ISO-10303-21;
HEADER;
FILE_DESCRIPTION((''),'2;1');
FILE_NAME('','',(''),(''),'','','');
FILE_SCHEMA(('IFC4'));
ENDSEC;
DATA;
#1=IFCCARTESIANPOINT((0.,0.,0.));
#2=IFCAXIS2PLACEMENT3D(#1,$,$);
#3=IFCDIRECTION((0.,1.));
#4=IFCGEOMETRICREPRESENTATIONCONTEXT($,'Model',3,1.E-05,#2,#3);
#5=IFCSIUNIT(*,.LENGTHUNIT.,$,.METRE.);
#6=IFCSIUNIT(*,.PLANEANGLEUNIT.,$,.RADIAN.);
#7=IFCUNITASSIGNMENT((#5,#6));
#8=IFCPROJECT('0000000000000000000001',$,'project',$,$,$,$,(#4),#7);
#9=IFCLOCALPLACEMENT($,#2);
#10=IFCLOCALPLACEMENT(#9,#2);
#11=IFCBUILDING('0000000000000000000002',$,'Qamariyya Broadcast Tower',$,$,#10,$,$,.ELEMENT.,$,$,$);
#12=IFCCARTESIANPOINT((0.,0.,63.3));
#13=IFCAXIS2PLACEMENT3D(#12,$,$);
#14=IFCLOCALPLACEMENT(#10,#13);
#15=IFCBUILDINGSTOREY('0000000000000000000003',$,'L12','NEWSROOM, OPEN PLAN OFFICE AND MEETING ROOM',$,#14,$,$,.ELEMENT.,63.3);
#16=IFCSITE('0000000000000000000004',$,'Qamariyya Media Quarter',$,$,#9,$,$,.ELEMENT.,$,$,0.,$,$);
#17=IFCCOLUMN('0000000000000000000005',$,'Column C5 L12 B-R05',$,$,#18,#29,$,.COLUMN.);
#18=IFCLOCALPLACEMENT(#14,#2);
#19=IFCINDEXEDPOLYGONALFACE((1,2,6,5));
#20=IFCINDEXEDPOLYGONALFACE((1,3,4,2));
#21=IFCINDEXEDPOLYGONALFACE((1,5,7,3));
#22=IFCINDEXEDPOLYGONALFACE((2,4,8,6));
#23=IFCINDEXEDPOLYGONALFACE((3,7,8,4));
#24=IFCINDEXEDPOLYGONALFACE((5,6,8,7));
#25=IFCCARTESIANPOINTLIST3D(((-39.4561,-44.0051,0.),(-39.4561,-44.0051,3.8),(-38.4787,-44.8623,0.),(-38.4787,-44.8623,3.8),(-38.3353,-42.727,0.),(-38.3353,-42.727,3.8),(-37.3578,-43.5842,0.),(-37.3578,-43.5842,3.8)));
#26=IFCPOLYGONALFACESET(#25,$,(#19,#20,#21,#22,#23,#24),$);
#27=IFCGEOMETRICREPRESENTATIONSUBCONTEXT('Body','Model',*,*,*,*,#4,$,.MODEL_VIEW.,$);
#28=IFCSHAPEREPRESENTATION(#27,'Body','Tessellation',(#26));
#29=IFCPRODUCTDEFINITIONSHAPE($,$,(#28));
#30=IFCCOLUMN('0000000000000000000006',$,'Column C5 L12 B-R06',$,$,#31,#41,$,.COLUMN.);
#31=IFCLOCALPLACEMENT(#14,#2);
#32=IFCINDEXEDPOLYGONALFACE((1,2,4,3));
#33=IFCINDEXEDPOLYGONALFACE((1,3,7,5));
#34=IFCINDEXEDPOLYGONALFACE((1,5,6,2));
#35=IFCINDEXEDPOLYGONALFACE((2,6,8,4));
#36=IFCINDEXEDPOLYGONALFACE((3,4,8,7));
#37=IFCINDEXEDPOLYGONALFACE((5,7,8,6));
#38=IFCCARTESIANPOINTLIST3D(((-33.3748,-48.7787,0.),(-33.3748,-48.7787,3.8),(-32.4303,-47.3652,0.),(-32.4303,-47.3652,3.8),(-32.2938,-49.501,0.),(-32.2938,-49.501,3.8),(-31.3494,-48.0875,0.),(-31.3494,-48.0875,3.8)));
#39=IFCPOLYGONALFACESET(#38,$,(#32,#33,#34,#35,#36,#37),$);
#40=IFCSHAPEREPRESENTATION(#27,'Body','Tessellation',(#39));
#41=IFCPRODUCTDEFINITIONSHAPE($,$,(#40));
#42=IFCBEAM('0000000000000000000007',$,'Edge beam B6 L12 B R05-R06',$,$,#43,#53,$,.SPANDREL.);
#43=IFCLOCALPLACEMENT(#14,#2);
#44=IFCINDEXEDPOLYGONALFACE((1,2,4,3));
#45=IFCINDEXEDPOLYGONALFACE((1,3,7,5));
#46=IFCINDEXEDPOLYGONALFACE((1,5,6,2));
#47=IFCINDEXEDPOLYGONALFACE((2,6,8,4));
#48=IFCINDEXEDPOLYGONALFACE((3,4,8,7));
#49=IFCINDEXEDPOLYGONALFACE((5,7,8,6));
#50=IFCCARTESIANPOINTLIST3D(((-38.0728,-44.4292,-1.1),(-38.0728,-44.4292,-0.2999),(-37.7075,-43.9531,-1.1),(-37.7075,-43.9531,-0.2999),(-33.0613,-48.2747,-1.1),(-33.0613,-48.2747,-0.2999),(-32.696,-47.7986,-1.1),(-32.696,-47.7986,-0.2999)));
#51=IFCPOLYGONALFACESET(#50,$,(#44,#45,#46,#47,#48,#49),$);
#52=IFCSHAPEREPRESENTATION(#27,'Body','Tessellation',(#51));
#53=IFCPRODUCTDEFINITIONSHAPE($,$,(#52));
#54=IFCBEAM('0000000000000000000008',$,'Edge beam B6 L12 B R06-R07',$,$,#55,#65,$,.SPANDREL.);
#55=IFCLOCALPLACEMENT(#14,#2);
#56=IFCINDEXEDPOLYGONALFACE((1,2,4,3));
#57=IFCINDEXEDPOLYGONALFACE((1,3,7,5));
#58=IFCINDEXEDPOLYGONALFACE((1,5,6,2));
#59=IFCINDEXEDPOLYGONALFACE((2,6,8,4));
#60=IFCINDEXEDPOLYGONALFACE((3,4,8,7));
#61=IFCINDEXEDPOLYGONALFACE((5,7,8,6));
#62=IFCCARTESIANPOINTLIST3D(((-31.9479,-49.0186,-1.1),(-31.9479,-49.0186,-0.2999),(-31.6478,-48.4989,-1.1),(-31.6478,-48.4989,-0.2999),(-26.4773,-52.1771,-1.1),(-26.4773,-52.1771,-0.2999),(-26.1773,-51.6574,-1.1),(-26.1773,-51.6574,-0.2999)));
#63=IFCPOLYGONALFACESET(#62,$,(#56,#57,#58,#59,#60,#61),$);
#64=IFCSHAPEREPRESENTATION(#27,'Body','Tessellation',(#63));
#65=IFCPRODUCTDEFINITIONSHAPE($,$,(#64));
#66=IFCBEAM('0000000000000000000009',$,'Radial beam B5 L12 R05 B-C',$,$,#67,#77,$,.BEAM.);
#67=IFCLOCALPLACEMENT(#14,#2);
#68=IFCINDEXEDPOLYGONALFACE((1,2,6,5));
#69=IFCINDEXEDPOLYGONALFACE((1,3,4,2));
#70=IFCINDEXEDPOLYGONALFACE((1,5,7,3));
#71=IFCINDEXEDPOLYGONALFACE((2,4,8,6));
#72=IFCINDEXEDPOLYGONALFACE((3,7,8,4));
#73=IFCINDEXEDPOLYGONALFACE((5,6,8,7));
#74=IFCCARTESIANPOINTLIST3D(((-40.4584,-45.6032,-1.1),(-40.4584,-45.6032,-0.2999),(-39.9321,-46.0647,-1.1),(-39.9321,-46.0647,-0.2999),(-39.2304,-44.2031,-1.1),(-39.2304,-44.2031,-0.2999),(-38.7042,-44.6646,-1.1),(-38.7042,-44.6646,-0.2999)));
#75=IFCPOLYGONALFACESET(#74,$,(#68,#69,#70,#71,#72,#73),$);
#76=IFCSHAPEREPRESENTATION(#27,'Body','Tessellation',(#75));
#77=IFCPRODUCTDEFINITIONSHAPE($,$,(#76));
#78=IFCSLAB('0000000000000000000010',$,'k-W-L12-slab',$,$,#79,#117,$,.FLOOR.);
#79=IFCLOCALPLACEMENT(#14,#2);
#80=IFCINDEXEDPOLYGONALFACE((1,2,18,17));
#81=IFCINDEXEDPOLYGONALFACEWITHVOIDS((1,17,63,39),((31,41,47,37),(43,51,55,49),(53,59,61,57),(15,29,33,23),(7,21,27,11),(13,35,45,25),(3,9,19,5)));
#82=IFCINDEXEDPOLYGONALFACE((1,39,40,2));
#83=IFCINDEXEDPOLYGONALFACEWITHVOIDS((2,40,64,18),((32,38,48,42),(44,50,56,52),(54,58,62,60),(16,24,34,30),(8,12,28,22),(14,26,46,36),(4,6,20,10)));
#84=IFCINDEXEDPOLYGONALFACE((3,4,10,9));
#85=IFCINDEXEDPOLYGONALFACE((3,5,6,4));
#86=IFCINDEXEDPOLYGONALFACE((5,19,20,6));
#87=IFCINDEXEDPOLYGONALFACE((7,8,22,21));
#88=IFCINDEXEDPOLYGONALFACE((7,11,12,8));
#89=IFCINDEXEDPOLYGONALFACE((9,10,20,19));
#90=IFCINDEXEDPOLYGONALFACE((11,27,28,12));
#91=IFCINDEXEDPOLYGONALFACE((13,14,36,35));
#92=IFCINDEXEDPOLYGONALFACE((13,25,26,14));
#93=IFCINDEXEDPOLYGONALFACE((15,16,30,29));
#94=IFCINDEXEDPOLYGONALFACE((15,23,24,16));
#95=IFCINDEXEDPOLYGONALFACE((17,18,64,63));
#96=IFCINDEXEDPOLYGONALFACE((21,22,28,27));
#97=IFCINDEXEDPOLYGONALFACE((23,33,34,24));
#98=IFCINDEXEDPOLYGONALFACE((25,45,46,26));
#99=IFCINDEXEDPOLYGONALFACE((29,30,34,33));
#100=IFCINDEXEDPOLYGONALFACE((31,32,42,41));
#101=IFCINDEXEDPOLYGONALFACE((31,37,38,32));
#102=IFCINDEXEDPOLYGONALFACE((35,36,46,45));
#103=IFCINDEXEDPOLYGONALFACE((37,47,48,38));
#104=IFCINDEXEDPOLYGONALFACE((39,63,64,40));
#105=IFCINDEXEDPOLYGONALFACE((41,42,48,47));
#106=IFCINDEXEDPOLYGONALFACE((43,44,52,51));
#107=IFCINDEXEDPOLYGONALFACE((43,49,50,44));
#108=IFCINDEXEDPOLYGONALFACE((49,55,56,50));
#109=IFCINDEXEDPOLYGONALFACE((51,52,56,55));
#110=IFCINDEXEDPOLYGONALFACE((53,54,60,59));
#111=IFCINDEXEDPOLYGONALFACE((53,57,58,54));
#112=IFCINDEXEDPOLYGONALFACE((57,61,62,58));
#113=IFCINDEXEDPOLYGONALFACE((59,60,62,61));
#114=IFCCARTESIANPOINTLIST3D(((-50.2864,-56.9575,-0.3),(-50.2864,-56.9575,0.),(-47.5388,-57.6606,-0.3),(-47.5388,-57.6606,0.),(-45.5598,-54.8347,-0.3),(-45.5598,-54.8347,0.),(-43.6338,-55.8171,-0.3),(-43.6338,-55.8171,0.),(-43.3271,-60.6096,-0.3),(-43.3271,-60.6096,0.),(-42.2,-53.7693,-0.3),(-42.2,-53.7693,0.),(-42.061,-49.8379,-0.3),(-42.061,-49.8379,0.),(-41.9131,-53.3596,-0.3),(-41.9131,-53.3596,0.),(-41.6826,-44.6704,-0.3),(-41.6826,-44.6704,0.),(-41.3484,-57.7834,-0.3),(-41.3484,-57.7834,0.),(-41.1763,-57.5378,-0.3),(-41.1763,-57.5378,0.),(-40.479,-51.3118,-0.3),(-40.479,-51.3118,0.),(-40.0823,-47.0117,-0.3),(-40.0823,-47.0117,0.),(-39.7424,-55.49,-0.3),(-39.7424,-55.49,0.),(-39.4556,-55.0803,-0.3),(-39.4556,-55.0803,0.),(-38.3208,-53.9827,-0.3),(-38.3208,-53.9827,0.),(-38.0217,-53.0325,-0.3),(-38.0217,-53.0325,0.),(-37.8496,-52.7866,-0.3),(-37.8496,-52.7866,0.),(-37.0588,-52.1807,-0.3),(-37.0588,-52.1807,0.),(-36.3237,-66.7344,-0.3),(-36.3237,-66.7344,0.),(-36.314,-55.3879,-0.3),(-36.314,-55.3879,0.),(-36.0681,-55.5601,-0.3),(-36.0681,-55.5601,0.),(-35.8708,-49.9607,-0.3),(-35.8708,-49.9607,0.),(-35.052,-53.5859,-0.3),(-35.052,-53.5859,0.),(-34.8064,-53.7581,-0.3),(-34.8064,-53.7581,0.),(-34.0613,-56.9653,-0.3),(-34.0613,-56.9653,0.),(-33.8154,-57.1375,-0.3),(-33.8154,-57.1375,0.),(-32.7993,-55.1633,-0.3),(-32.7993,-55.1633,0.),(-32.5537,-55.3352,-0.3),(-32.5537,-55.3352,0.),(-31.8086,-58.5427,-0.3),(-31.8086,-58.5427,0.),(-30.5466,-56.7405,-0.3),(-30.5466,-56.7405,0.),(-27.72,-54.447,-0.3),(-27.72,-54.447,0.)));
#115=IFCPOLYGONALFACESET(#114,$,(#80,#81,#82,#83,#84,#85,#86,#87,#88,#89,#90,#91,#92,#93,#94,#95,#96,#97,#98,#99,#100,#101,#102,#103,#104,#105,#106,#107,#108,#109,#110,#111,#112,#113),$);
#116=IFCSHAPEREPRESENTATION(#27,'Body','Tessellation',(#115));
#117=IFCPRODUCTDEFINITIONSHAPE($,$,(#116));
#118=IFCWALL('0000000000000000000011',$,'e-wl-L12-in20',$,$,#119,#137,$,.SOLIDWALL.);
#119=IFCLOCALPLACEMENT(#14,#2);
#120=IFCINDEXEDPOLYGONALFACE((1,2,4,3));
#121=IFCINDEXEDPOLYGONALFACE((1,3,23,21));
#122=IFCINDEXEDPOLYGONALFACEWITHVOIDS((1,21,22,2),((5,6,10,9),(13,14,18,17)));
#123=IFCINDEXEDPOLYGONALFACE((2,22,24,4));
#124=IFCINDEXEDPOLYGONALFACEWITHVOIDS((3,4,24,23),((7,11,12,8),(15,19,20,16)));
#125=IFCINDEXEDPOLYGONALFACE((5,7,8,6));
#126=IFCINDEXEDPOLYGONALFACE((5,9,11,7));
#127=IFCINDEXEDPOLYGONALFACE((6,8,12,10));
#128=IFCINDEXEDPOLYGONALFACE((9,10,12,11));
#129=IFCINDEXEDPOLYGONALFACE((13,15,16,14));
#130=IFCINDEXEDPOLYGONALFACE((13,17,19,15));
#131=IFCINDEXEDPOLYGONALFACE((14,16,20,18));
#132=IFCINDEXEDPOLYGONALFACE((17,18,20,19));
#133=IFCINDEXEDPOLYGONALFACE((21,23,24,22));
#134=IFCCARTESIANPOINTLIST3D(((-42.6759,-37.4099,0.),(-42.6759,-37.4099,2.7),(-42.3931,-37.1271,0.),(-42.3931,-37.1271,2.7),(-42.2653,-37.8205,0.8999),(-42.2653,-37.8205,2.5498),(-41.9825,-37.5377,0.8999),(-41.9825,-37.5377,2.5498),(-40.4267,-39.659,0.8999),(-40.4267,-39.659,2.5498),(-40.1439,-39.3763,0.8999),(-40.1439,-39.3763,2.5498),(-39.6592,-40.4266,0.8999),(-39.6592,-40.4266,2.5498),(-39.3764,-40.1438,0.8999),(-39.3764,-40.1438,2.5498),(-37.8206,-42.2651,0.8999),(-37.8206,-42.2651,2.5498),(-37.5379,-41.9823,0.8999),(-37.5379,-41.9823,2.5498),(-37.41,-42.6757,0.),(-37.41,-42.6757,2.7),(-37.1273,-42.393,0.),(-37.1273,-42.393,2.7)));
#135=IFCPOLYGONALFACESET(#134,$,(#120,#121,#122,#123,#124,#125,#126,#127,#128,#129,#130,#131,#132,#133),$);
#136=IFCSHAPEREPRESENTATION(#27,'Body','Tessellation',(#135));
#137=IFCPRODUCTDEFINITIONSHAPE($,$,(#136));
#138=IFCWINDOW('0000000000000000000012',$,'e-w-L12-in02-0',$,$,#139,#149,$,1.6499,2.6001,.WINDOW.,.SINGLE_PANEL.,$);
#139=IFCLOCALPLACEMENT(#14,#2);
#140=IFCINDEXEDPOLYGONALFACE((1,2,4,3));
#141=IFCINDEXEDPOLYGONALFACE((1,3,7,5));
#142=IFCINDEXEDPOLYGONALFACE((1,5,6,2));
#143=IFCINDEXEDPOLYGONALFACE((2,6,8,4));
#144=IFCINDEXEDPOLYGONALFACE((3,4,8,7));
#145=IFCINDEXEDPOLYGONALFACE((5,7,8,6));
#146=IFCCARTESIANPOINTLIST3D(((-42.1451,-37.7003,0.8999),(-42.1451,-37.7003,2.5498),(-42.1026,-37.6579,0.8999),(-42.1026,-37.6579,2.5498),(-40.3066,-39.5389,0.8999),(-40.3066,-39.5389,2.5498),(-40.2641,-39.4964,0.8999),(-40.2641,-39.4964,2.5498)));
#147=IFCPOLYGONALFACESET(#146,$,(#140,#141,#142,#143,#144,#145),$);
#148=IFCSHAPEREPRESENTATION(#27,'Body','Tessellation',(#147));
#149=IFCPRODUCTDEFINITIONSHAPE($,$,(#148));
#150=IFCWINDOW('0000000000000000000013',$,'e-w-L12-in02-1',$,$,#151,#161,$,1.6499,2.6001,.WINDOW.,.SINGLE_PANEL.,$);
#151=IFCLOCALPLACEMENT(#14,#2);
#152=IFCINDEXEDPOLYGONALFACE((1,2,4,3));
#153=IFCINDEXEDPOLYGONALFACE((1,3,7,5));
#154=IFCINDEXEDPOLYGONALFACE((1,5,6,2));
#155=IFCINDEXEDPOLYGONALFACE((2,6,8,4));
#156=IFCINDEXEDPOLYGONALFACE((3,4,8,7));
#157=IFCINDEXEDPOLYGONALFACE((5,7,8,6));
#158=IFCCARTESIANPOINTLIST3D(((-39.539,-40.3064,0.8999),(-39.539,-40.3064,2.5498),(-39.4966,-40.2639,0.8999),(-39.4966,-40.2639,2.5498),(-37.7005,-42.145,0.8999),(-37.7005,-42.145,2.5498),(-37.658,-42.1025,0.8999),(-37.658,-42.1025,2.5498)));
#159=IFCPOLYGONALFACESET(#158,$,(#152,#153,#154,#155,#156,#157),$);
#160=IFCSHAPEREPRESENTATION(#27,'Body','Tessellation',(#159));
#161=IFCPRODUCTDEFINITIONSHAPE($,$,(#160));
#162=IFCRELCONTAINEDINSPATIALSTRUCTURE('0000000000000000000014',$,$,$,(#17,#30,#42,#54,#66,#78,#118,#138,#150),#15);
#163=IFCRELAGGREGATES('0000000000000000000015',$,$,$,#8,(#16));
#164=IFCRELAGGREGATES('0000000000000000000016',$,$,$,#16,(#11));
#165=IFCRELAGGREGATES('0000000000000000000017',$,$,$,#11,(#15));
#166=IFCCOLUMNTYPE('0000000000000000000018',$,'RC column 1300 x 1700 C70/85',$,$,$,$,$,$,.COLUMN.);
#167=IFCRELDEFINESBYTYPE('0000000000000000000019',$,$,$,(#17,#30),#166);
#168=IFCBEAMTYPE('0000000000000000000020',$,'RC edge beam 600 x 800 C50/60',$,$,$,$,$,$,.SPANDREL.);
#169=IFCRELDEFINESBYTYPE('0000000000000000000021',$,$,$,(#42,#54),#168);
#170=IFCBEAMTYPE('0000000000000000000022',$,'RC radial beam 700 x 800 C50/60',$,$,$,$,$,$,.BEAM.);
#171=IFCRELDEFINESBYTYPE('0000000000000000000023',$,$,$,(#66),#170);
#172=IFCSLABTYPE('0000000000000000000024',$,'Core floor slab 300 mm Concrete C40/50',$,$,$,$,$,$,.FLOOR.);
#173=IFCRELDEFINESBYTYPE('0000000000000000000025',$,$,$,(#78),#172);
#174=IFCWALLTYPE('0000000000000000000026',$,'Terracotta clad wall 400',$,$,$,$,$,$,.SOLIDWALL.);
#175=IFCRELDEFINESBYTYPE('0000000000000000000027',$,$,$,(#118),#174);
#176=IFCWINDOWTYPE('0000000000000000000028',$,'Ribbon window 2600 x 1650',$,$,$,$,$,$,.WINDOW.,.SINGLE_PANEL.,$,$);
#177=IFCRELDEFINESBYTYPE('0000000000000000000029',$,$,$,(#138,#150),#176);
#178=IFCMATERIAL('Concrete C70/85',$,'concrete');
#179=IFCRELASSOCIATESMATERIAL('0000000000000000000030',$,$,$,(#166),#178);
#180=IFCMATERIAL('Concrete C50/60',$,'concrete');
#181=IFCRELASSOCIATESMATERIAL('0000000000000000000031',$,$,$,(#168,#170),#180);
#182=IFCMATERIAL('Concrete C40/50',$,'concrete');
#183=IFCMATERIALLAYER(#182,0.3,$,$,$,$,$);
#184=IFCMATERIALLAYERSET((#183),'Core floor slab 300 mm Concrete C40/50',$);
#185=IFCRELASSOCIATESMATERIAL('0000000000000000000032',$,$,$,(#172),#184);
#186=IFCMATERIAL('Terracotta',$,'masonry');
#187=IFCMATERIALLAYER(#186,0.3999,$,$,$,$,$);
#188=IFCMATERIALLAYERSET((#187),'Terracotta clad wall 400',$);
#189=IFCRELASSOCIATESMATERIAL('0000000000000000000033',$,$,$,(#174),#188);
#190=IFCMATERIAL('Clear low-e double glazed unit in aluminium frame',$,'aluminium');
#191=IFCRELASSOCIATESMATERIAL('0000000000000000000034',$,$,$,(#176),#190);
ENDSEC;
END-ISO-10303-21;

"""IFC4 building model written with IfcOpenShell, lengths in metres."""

from ifc_helpers import new_model, si_unit, direction, frame, frame_2d, origin, origin_2d, place, context, subcontext, project, spatial, polyline, rectangle, outline, extrude, material, layer, layer_set, material_profile, profile_set, type_object, element, fill, save


model = new_model("IFC4")

# Units and contexts
model_context = context("Model", 3, precision=1e-05, world=origin(), true_north=direction((0.0, 1.0)))
body_context = subcontext(model_context, "Body", "Model", "MODEL_VIEW")
ifc_project = project(units=[si_unit("LENGTHUNIT", "METRE"), si_unit("PLANEANGLEUNIT", "RADIAN")], contexts=[model_context])

# Site, building, storey
site_placement = place(None, origin())
site = spatial("IfcSite", under=ifc_project, at=site_placement, Name="Qamariyya Media Quarter", CompositionType="ELEMENT", RefElevation=0.0)
building_placement = place(site_placement, origin())
building = spatial("IfcBuilding", under=site, at=building_placement, Name="Qamariyya Broadcast Tower", CompositionType="ELEMENT")
storey_placement = place(building_placement, frame((0.0, 0.0, 63.3)))
storey = spatial("IfcBuildingStorey", under=building, at=storey_placement, Name="L12", Description="NEWSROOM, OPEN PLAN OFFICE AND MEETING ROOM", CompositionType="ELEMENT", Elevation=63.3)

# Columns
ifc_material_1 = material(Name="Concrete C70/85", Category="concrete")
ifc_material_profile_1 = material_profile(ifc_material_1, rectangle(XDim=1.3, YDim=1.7, at=origin_2d()))
ifc_profile_set_1 = profile_set([ifc_material_profile_1], Name="Concrete C70/85")
column_type = type_object("IfcColumnType", Name="RC column 1300 x 1700 C70/85", PredefinedType="COLUMN", material=ifc_profile_set_1)
for number, where, z_axis, x_axis, name in (
    (1, (-38.407, -43.7947, 0.0), (0.0, 0.0, 1.0), (0.75184, -0.659346, 0.0), "Column C5 L12 B-R05"),
    (2, (-32.3621, -48.4331, 0.0), (0.0, 0.0, 1.0), (0.83147, -0.55557, 0.0), "Column C5 L12 B-R06"),
):
    element("IfcColumn", number, at=place(storey_placement, frame(where, z_axis=z_axis, x_axis=x_axis)), inside=storey, type_object=column_type, Name=name, PredefinedType="COLUMN", context=body_context, shape_type="SweptSolid", body=[
        extrude(rectangle(XDim=1.3, YDim=1.7, at=origin_2d()), origin(), (0.0, 0.0, 1.0), 3.8),
    ])

# Beams
ifc_material_2 = material(Name="Concrete C50/60", Category="concrete")
ifc_material_profile_2 = material_profile(ifc_material_2, rectangle(XDim=0.6001, YDim=0.8, at=origin_2d()))
ifc_profile_set_2 = profile_set([ifc_material_profile_2], Name="Concrete C50/60")
beam_type_1 = type_object("IfcBeamType", Name="RC edge beam 600 x 800 C50/60", PredefinedType="SPANDREL", material=ifc_profile_set_2)
for number, where, z_axis, x_axis, name in (
    (3, (-37.8901, -44.1912, -0.7), (0.793352, -0.608763, 0.0), (0.608763, 0.793352, 0.0), "Edge beam B6 L12 B R05-R06"),
    (4, (-31.7979, -48.7588, -0.7), (0.86602, -0.500009, 0.0), (0.500009, 0.86602, 0.0), "Edge beam B6 L12 B R06-R07"),
):
    element("IfcBeam", number, at=place(storey_placement, frame(where, z_axis=z_axis, x_axis=x_axis)), inside=storey, type_object=beam_type_1, Name=name, PredefinedType="SPANDREL", context=body_context, shape_type="SweptSolid", body=[
        extrude(rectangle(XDim=0.6001, YDim=0.8, at=origin_2d()), origin(), (0.0, 0.0, 1.0), 6.3169),
    ])
ifc_material_profile_3 = material_profile(ifc_material_2, rectangle(XDim=0.7, YDim=0.8, at=origin_2d()))
ifc_profile_set_3 = profile_set([ifc_material_profile_3], Name="Concrete C50/60")
beam_type_2 = type_object("IfcBeamType", Name="RC radial beam 700 x 800 C50/60", PredefinedType="BEAM", material=ifc_profile_set_3)
beam_placement = place(storey_placement, frame((-38.9673, -44.4338, -0.7), z_axis=(-0.659386, -0.751805, 0.0), x_axis=(0.751805, -0.659386, 0.0)))
element("IfcBeam", 5, at=beam_placement, inside=storey, type_object=beam_type_2, Name="Radial beam B5 L12 R05 B-C", PredefinedType="BEAM", context=body_context, shape_type="SweptSolid", body=[
    extrude(rectangle(XDim=0.7, YDim=0.8, at=origin_2d()), origin(), (0.0, 0.0, 1.0), 1.8623),
])

# Slab
ifc_material_3 = material(Name="Concrete C40/50", Category="concrete")
ifc_layer_1 = layer(ifc_material_3, 0.3)
ifc_layer_set_1 = layer_set([ifc_layer_1], Name="Core floor slab 300 mm Concrete C40/50")
slab_type_1 = type_object("IfcSlabType", Name="Core floor slab 300 mm Concrete C40/50", PredefinedType="FLOOR", material=ifc_layer_set_1)
slab_1_placement = place(storey_placement, frame((0.0, 0.0, -0.3)))
element("IfcSlab", 6, at=slab_1_placement, inside=storey, type_object=slab_type_1, Name="k-W-L12-slab", PredefinedType="FLOOR", context=body_context, shape_type="SweptSolid", body=[
    extrude(outline(polyline([(-50.2864, -56.9575), (-36.3237, -66.7344), (-27.72, -54.447), (-41.6826, -44.6704), (-50.2864, -56.9575)]), holes=[polyline([(-31.8086, -58.5427), (-33.8154, -57.1375), (-32.5537, -55.3352), (-30.5466, -56.7405), (-31.8086, -58.5427)]), polyline([(-34.0613, -56.9653), (-36.0681, -55.5601), (-34.8064, -53.7581), (-32.7993, -55.1633), (-34.0613, -56.9653)]), polyline([(-36.314, -55.3879), (-38.3208, -53.9827), (-37.0588, -52.1807), (-35.052, -53.5859), (-36.314, -55.3879)]), polyline([(-39.7424, -55.49), (-42.2, -53.7693), (-43.6338, -55.8171), (-41.1763, -57.5378), (-39.7424, -55.49)]), polyline([(-39.4556, -55.0803), (-41.9131, -53.3596), (-40.479, -51.3118), (-38.0217, -53.0325), (-39.4556, -55.0803)]), polyline([(-42.061, -49.8379), (-37.8496, -52.7866), (-35.8708, -49.9607), (-40.0823, -47.0117), (-42.061, -49.8379)]), polyline([(-47.5388, -57.6606), (-43.3271, -60.6096), (-41.3484, -57.7834), (-45.5598, -54.8347), (-47.5388, -57.6606)])]), origin(), (0.0, 0.0, 1.0), 0.3),
])

# Wall, openings, windows
ifc_material_4 = material(Name="Terracotta", Category="masonry")
ifc_layer_2 = layer(ifc_material_4, 0.3999)
ifc_layer_set_2 = layer_set([ifc_layer_2], Name="Terracotta clad wall 400")
wall_type = type_object("IfcWallType", Name="Terracotta clad wall 400", PredefinedType="SOLIDWALL", material=ifc_layer_set_2)
wall_1_placement = place(storey_placement, frame((-37.2686, -42.5344, 0.0), z_axis=(0.0, 0.0, 1.0), x_axis=(-0.707107, 0.707107, 0.0)))
wall_1 = element("IfcWall", 7, at=wall_1_placement, inside=storey, type_object=wall_type, Name="e-wl-L12-in20", PredefinedType="SOLIDWALL", context=body_context, shape_type="SweptSolid", body=[
    extrude(rectangle(XDim=7.447, YDim=0.3999, at=frame_2d((3.7236, 0.0))), origin(), (0.0, 0.0, 1.0), 2.7),
])
opening_1_placement = place(wall_1_placement, frame((4.2664, 0.0, 0.8999)))
opening_1 = element("IfcOpeningElement", 8, at=opening_1_placement, cuts=wall_1, PredefinedType="OPENING", context=body_context, shape_type="SweptSolid", body=[
    extrude(rectangle(XDim=2.6001, YDim=1.6499, at=frame_2d((1.3, 0.825))), frame((0.0, 0.21, 0.0), z_axis=(0.0, -1.0, 0.0), x_axis=(1.0, 0.0, 0.0)), (0.0, 0.0, 1.0), 0.4199),
])
opening_2_placement = place(wall_1_placement, frame((0.5808, 0.0, 0.8999)))
opening_2 = element("IfcOpeningElement", 9, at=opening_2_placement, cuts=wall_1, PredefinedType="OPENING", context=body_context, shape_type="SweptSolid", body=[
    extrude(rectangle(XDim=2.6001, YDim=1.6499, at=frame_2d((1.3, 0.825))), frame((0.0, 0.21, 0.0), z_axis=(0.0, -1.0, 0.0), x_axis=(1.0, 0.0, 0.0)), (0.0, 0.0, 1.0), 0.4199),
])
ifc_material_5 = material(Name="Clear low-e double glazed unit in aluminium frame", Category="aluminium")
window_type = type_object("IfcWindowType", Name="Ribbon window 2600 x 1650", PartitioningType="SINGLE_PANEL", PredefinedType="WINDOW", material=ifc_material_5)
window_1_placement = place(opening_1_placement, origin())
window_1 = element("IfcWindow", 10, at=window_1_placement, inside=storey, type_object=window_type, Name="e-w-L12-in02-0", OverallHeight=1.6499, OverallWidth=2.6001, PartitioningType="SINGLE_PANEL", PredefinedType="WINDOW", context=body_context, shape_type="SweptSolid", body=[
    extrude(rectangle(XDim=2.6001, YDim=1.6499, at=frame_2d((1.3, 0.825))), frame((0.0, 0.03, 0.0), z_axis=(0.0, -1.0, 0.0), x_axis=(1.0, 0.0, 0.0)), (0.0, 0.0, 1.0), 0.0601),
])
fill(opening_1, window_1)
window_2_placement = place(opening_2_placement, origin())
window_2 = element("IfcWindow", 11, at=window_2_placement, inside=storey, type_object=window_type, Name="e-w-L12-in02-1", OverallHeight=1.6499, OverallWidth=2.6001, PartitioningType="SINGLE_PANEL", PredefinedType="WINDOW", context=body_context, shape_type="SweptSolid", body=[
    extrude(rectangle(XDim=2.6001, YDim=1.6499, at=frame_2d((1.3, 0.825))), frame((0.0, 0.03, 0.0), z_axis=(0.0, -1.0, 0.0), x_axis=(1.0, 0.0, 0.0)), (0.0, 0.0, 1.0), 0.0601),
])
fill(opening_2, window_2)

save(model, "model.ifc")
